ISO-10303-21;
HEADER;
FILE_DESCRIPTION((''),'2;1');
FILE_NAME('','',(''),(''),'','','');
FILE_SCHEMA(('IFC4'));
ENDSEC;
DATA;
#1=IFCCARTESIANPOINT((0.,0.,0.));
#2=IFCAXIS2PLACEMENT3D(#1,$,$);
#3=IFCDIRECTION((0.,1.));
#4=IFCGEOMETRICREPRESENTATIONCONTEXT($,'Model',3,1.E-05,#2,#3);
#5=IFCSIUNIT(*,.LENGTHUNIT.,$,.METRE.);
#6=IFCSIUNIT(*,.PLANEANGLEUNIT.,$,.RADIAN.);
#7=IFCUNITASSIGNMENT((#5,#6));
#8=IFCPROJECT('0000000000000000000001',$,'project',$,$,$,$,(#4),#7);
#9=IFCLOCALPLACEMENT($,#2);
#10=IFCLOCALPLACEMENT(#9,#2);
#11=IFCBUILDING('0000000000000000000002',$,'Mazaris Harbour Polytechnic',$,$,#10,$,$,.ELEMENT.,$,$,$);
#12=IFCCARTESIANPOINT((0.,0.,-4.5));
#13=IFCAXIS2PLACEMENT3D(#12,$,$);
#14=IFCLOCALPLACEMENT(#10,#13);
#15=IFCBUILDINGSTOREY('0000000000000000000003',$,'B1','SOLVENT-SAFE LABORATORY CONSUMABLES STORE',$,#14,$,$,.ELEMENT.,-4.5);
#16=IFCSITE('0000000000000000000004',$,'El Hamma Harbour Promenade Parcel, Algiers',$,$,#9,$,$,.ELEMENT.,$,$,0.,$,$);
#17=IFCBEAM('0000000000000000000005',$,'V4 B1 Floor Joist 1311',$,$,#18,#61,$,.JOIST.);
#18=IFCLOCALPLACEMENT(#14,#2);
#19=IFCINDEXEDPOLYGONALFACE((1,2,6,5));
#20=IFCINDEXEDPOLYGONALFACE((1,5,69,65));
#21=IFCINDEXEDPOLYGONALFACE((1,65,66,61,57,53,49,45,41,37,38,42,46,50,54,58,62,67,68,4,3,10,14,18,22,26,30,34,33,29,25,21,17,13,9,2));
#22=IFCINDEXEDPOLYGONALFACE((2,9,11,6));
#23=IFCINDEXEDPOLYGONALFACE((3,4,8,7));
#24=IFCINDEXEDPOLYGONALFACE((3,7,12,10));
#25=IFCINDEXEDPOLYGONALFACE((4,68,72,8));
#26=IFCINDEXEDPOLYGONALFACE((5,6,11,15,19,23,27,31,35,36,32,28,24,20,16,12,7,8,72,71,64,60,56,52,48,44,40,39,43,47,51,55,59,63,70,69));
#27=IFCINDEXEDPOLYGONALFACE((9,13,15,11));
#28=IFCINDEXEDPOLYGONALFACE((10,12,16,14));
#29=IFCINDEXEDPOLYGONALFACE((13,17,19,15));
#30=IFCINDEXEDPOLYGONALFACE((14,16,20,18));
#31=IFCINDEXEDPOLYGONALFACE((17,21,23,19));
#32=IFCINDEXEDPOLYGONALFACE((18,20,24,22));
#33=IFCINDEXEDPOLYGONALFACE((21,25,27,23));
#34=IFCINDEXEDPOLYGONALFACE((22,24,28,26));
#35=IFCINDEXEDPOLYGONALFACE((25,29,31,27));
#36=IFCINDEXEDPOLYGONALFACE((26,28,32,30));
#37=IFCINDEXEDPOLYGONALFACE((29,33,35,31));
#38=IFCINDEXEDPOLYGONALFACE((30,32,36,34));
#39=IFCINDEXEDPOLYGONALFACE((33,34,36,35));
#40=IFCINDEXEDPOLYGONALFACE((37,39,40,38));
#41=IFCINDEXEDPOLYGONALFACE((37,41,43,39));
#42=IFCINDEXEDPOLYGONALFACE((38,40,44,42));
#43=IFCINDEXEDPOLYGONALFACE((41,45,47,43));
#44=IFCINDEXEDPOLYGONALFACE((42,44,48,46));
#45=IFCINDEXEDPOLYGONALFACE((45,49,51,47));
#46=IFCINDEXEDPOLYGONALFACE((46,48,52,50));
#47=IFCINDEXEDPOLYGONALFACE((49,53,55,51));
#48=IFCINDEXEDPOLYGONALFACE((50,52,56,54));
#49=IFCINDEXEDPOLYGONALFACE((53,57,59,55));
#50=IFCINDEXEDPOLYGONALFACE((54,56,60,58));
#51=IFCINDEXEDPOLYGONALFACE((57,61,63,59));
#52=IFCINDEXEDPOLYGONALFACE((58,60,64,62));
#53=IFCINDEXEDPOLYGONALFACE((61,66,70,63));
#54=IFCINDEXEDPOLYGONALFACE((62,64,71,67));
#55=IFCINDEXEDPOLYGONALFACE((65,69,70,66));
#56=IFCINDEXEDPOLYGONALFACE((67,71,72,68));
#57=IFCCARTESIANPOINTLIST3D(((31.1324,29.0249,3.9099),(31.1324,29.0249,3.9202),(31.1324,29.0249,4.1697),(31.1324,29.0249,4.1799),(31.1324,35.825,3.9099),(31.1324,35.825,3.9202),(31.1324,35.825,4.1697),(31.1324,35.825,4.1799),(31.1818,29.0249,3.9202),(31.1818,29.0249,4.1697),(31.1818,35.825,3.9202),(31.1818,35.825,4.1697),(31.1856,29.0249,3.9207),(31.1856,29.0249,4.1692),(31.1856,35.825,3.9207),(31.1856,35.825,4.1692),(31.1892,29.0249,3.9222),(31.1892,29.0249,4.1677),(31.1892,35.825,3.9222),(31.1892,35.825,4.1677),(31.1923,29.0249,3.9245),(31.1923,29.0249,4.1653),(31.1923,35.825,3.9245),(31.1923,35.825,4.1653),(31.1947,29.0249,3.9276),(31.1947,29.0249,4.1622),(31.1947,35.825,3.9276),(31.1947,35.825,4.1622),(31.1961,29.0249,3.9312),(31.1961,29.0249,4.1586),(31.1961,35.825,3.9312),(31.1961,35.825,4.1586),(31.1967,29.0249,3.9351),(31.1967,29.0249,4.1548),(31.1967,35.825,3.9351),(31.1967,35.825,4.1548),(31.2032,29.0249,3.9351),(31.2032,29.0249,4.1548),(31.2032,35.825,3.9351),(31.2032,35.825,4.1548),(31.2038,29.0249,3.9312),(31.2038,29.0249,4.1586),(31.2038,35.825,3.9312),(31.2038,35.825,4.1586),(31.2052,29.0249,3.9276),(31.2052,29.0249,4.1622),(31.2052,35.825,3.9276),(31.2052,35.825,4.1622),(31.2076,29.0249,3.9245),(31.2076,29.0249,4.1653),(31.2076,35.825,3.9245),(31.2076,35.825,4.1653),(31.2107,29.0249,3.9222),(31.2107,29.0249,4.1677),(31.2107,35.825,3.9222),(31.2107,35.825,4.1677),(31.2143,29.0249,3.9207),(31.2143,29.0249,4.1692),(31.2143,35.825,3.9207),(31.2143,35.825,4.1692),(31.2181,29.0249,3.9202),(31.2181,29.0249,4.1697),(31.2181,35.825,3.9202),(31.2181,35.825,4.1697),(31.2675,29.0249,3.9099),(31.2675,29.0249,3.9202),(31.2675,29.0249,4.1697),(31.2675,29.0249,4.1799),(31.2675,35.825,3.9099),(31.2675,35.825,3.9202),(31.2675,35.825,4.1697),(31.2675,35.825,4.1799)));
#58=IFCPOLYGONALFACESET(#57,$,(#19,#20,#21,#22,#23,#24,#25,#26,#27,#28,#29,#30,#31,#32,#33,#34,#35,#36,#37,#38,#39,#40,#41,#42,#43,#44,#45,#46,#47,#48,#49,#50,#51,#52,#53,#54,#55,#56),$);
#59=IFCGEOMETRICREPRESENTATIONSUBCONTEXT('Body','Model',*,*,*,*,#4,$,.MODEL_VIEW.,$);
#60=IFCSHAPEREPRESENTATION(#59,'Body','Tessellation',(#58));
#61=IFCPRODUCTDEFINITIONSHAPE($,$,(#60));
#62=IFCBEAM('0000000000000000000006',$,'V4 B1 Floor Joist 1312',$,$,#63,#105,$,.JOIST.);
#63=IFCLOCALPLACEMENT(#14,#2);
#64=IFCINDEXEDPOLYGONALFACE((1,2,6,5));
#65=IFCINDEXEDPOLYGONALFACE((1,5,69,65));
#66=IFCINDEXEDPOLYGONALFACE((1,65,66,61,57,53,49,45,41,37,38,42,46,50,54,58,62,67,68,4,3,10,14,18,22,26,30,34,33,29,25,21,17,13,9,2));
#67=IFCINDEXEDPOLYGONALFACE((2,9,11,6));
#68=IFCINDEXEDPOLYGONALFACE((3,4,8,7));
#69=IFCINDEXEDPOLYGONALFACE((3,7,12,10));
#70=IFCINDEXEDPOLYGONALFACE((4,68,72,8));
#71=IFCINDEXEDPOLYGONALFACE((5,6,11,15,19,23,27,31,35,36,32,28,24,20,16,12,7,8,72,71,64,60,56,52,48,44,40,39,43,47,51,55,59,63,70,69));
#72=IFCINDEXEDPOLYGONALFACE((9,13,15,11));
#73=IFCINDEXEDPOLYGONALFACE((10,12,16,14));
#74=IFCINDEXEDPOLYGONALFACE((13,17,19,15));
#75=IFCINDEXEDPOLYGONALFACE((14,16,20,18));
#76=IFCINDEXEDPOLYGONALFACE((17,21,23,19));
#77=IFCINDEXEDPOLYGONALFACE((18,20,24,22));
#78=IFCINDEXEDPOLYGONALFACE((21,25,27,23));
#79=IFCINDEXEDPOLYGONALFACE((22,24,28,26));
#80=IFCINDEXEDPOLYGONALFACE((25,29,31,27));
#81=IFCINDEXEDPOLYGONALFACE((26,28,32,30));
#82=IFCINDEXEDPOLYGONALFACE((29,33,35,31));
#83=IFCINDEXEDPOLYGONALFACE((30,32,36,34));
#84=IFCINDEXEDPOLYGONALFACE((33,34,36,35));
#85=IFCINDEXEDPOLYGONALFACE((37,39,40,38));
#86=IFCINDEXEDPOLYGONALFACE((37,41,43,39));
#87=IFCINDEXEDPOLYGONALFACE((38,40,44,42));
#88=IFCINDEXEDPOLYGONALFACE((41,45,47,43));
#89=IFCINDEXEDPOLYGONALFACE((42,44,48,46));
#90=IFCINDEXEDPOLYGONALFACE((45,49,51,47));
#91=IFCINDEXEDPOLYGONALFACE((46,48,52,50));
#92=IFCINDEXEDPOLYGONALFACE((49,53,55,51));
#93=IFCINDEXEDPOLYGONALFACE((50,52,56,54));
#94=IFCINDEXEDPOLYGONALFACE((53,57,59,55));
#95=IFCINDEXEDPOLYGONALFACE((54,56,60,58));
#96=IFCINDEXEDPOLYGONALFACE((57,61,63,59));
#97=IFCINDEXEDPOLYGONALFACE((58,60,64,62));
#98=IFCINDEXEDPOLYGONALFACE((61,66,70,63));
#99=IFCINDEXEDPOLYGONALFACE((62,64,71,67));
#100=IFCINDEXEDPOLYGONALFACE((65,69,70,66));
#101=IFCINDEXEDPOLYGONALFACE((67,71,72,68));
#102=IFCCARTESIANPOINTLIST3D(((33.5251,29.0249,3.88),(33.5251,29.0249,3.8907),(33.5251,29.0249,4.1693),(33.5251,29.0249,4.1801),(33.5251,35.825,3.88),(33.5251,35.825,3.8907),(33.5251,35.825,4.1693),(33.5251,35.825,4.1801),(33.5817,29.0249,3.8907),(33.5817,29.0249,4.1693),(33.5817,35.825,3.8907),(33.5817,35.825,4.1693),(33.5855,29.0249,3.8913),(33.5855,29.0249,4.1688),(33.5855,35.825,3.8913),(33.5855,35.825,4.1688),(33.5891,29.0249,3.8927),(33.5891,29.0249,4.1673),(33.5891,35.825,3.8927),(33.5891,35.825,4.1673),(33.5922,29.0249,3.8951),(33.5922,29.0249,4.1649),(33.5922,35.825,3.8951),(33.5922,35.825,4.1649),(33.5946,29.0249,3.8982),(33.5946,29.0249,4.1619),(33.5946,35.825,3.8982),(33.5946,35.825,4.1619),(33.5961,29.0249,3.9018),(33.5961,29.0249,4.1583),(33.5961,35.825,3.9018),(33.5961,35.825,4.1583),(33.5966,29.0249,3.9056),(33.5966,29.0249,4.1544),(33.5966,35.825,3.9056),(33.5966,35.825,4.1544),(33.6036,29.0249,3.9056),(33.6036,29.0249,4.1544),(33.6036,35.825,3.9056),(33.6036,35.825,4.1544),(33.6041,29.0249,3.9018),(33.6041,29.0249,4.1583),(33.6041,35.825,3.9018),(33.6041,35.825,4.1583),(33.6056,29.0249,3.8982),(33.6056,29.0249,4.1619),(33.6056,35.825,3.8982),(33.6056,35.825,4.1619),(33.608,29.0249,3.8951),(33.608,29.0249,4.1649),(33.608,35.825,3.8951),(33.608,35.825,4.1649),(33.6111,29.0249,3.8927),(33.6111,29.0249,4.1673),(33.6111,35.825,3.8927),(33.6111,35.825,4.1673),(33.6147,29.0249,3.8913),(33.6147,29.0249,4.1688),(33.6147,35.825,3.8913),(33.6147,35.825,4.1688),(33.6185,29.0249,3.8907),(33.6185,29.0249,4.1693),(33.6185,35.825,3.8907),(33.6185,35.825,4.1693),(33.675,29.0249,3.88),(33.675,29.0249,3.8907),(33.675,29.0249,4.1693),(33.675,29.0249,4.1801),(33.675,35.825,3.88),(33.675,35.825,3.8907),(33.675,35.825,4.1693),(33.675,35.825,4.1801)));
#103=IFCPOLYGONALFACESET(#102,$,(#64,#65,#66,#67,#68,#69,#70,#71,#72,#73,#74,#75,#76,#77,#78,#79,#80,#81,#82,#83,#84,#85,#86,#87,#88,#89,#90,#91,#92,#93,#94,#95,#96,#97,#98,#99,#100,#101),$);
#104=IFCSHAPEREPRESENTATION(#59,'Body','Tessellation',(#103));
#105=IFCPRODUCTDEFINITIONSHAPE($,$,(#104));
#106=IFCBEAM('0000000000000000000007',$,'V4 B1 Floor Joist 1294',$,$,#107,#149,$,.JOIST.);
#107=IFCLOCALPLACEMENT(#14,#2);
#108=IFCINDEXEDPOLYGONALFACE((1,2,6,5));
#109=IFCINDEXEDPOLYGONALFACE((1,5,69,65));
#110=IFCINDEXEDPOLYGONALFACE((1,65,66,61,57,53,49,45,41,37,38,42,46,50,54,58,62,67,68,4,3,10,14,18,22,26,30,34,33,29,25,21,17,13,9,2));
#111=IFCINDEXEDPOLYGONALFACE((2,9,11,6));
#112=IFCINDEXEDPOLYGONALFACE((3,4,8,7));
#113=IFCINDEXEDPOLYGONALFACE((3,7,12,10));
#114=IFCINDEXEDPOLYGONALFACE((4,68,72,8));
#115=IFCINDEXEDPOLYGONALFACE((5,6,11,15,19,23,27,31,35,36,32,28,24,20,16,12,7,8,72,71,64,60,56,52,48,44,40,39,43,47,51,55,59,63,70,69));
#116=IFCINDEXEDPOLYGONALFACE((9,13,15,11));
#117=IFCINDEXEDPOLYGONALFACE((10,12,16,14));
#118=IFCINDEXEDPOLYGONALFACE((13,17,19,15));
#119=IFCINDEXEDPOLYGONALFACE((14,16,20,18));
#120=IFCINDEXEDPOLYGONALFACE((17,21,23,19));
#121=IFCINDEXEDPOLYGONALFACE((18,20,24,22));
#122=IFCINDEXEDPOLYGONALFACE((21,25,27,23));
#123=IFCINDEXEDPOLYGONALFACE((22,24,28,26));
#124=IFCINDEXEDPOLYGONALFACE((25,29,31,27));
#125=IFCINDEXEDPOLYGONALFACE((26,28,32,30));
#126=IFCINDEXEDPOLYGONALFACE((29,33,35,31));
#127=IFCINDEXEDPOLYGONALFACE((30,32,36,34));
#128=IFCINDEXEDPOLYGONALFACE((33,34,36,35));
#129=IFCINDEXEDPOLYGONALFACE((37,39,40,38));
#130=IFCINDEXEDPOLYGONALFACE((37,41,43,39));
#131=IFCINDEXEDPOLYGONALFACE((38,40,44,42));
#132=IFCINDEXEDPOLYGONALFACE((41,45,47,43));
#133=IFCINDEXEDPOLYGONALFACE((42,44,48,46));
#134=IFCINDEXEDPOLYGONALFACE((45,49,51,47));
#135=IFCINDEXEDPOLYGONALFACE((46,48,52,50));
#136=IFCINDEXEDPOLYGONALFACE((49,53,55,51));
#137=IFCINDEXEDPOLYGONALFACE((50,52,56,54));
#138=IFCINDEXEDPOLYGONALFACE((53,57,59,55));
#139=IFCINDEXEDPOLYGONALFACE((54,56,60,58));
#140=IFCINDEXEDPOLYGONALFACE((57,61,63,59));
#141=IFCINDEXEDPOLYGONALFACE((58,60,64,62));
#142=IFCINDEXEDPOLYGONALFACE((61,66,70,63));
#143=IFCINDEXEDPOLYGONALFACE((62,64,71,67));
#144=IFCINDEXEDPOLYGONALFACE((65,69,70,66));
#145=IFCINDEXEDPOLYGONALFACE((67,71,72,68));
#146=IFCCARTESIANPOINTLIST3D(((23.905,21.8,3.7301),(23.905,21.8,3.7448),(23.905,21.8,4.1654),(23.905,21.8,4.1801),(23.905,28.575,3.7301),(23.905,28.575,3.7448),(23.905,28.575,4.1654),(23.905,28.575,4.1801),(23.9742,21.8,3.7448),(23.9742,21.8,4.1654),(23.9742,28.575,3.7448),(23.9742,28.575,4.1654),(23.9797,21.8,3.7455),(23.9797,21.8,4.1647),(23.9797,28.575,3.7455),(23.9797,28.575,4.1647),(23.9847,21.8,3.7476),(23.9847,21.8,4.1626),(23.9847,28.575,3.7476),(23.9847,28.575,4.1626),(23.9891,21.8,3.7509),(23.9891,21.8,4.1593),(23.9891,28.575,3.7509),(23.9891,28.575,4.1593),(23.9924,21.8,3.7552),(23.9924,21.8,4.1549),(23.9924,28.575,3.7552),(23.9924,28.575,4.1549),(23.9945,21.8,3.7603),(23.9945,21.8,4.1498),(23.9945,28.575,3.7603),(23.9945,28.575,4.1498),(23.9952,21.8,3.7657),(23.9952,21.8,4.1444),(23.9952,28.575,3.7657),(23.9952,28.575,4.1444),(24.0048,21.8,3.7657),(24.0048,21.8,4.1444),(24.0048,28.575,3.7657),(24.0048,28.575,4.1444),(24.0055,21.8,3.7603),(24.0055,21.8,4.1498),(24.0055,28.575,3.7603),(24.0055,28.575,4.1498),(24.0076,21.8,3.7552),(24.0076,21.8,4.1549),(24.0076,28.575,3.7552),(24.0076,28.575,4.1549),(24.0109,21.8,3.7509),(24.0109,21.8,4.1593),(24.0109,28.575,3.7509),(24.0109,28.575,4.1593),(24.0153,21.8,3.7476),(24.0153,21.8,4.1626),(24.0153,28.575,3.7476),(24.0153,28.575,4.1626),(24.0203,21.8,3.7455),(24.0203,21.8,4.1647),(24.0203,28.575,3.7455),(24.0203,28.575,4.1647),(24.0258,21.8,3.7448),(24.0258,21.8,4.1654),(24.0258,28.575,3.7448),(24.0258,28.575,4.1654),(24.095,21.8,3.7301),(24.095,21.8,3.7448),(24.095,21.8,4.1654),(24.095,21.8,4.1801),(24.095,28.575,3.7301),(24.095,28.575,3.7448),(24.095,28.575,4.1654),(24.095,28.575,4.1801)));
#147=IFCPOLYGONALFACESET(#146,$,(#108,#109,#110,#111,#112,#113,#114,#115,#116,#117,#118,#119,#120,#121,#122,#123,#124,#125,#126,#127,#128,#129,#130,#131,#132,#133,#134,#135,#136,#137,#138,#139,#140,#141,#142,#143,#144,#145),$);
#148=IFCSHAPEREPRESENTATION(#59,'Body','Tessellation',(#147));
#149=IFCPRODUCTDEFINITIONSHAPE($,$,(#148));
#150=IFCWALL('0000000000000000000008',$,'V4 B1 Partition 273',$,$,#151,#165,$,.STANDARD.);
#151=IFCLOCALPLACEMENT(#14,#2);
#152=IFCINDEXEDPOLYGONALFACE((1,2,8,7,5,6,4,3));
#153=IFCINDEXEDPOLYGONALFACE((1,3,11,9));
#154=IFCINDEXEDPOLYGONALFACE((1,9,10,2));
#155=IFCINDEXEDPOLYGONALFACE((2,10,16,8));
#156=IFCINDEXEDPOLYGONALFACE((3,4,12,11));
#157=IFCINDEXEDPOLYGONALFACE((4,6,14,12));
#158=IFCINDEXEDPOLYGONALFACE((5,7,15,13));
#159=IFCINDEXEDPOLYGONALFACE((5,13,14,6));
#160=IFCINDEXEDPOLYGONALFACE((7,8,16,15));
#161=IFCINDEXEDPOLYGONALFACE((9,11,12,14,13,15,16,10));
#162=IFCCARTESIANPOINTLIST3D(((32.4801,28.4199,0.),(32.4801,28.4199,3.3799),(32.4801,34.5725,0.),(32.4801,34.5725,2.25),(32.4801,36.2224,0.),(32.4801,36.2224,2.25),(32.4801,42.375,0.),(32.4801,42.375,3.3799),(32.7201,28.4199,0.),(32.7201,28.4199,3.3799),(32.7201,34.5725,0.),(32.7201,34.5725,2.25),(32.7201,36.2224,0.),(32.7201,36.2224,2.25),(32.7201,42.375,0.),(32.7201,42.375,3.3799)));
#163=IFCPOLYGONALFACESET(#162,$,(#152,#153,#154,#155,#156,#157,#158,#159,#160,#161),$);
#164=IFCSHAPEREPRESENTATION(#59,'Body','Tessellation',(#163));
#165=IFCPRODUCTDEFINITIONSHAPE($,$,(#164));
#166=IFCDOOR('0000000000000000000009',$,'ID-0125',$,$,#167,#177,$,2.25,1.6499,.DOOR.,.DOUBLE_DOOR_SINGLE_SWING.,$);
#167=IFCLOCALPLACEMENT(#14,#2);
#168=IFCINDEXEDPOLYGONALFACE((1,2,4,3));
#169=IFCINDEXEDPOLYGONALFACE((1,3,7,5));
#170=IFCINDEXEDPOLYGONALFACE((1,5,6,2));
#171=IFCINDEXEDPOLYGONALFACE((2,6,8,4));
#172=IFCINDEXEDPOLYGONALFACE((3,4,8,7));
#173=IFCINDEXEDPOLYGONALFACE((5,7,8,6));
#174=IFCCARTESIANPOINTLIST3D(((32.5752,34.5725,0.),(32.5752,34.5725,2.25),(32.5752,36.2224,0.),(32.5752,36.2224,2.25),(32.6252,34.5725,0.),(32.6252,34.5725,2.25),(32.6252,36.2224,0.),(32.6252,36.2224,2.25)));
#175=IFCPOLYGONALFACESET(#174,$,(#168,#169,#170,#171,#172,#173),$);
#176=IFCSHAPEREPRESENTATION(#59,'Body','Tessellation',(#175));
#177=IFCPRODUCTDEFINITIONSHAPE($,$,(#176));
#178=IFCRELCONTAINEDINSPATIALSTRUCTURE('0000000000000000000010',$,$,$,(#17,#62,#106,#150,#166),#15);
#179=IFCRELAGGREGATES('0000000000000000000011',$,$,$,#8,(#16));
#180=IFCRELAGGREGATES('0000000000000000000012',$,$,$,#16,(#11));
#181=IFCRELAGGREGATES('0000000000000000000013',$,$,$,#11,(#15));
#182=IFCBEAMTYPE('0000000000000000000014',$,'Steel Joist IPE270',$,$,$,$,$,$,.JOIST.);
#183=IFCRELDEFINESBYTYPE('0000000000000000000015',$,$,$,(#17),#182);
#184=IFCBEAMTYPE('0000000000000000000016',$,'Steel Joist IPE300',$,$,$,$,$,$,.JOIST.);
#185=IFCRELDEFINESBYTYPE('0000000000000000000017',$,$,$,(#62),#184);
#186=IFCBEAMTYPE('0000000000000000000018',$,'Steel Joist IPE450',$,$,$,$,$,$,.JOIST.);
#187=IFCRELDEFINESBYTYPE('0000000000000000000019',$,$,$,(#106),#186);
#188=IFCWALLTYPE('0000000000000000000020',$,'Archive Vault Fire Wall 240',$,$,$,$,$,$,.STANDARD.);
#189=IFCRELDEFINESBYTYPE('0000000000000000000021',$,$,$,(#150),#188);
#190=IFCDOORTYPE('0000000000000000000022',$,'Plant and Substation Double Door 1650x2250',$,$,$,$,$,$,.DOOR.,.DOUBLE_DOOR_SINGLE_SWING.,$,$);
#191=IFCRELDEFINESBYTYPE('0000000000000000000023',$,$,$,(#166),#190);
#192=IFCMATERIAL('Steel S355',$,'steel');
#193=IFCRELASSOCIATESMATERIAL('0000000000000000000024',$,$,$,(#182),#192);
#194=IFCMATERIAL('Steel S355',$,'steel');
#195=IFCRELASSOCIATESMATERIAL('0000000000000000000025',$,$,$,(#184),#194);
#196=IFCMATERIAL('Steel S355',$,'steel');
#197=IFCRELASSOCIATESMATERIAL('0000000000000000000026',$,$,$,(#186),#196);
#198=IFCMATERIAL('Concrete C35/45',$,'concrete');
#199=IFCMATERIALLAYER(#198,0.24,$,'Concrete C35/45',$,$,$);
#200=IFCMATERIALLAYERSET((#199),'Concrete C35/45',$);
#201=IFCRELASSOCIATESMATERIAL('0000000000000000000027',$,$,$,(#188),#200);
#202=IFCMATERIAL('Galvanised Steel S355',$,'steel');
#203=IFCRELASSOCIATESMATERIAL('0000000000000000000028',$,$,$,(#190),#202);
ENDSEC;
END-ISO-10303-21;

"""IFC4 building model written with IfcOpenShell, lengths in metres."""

from ifc_helpers import new_model, si_unit, direction, frame, frame_2d, origin, origin_2d, place, context, subcontext, project, spatial, rectangle, i_section, extrude, material, layer, layer_set, material_profile, profile_set, type_object, element, fill, save


model = new_model("IFC4")

# Units and contexts
model_context = context("Model", 3, precision=1e-05, world=origin(), true_north=direction((0.0, 1.0)))
body_context = subcontext(model_context, "Body", "Model", "MODEL_VIEW")
ifc_project = project(units=[si_unit("LENGTHUNIT", "METRE"), si_unit("PLANEANGLEUNIT", "RADIAN")], contexts=[model_context])

# Site, building, storey
site_placement = place(None, origin())
site = spatial("IfcSite", under=ifc_project, at=site_placement, Name="El Hamma Harbour Promenade Parcel, Algiers", CompositionType="ELEMENT", RefElevation=0.0)
building_placement = place(site_placement, origin())
building = spatial("IfcBuilding", under=site, at=building_placement, Name="Mazaris Harbour Polytechnic", CompositionType="ELEMENT")
storey_placement = place(building_placement, frame((0.0, 0.0, -4.5)))
storey = spatial("IfcBuildingStorey", under=building, at=storey_placement, Name="B1", Description="SOLVENT-SAFE LABORATORY CONSUMABLES STORE", CompositionType="ELEMENT", Elevation=-4.5)

# Beams
ifc_material_1 = material(Name="Steel S355", Category="steel")
ifc_material_profile_1 = material_profile(ifc_material_1, i_section(OverallWidth=0.135, OverallDepth=0.27, WebThickness=0.0066, FlangeThickness=0.0103, FilletRadius=0.0149, at=origin_2d()), Name="IPE 270")
ifc_profile_set_1 = profile_set([ifc_material_profile_1], Name="Steel S355")
beam_type_1 = type_object("IfcBeamType", Name="Steel Joist IPE270", PredefinedType="JOIST", material=ifc_profile_set_1)
beam_1_placement = place(storey_placement, frame((31.2, 29.0249, 4.0449), z_axis=(0.0, 1.0, 0.0), x_axis=(-1.0, 0.0, 0.0)))
element("IfcBeam", 1, at=beam_1_placement, inside=storey, type_object=beam_type_1, Name="V4 B1 Floor Joist 1311", PredefinedType="JOIST", context=body_context, shape_type="SweptSolid", body=[
    extrude(i_section(OverallWidth=0.135, OverallDepth=0.27, WebThickness=0.0066, FlangeThickness=0.0103, FilletRadius=0.0149, at=origin_2d()), origin(), (0.0, 0.0, 1.0), 6.8),
])
ifc_material_2 = material(Name="Steel S355", Category="steel")
ifc_material_profile_2 = material_profile(ifc_material_2, i_section(OverallWidth=0.1499, OverallDepth=0.3, WebThickness=0.0071, FlangeThickness=0.0107, FilletRadius=0.0149, at=origin_2d()), Name="IPE 300")
ifc_profile_set_2 = profile_set([ifc_material_profile_2], Name="Steel S355")
beam_type_2 = type_object("IfcBeamType", Name="Steel Joist IPE300", PredefinedType="JOIST", material=ifc_profile_set_2)
beam_2_placement = place(storey_placement, frame((33.6001, 29.0249, 4.03), z_axis=(0.0, 1.0, 0.0), x_axis=(-1.0, 0.0, 0.0)))
element("IfcBeam", 2, at=beam_2_placement, inside=storey, type_object=beam_type_2, Name="V4 B1 Floor Joist 1312", PredefinedType="JOIST", context=body_context, shape_type="SweptSolid", body=[
    extrude(i_section(OverallWidth=0.1499, OverallDepth=0.3, WebThickness=0.0071, FlangeThickness=0.0107, FilletRadius=0.0149, at=origin_2d()), origin(), (0.0, 0.0, 1.0), 6.8),
])
ifc_material_3 = material(Name="Steel S355", Category="steel")
ifc_material_profile_3 = material_profile(ifc_material_3, i_section(OverallWidth=0.1899, OverallDepth=0.45, WebThickness=0.0095, FlangeThickness=0.0146, FilletRadius=0.021, at=origin_2d()), Name="IPE 450")
ifc_profile_set_3 = profile_set([ifc_material_profile_3], Name="Steel S355")
beam_type_3 = type_object("IfcBeamType", Name="Steel Joist IPE450", PredefinedType="JOIST", material=ifc_profile_set_3)
beam_3_placement = place(storey_placement, frame((24.0, 21.8, 3.9551), z_axis=(0.0, 1.0, 0.0), x_axis=(-1.0, 0.0, 0.0)))
element("IfcBeam", 3, at=beam_3_placement, inside=storey, type_object=beam_type_3, Name="V4 B1 Floor Joist 1294", PredefinedType="JOIST", context=body_context, shape_type="SweptSolid", body=[
    extrude(i_section(OverallWidth=0.1899, OverallDepth=0.45, WebThickness=0.0095, FlangeThickness=0.0146, FilletRadius=0.021, at=origin_2d()), origin(), (0.0, 0.0, 1.0), 6.7749),
])

# Wall, opening, door
ifc_material_4 = material(Name="Concrete C35/45", Category="concrete")
ifc_layer = layer(ifc_material_4, 0.24, Name="Concrete C35/45")
ifc_layer_set = layer_set([ifc_layer], Name="Concrete C35/45")
wall_type = type_object("IfcWallType", Name="Archive Vault Fire Wall 240", PredefinedType="STANDARD", material=ifc_layer_set)
wall_placement = place(storey_placement, frame((32.6001, 28.4199, 0.0), z_axis=(0.0, 0.0, 1.0), x_axis=(0.0, 1.0, 0.0)))
wall = element("IfcWall", 4, at=wall_placement, inside=storey, type_object=wall_type, Name="V4 B1 Partition 273", PredefinedType="STANDARD", context=body_context, shape_type="SweptSolid", body=[
    extrude(rectangle(XDim=13.9551, YDim=0.24, at=frame_2d((6.9775, 0.0))), origin(), (0.0, 0.0, 1.0), 3.3799),
])
opening_placement = place(wall_placement, frame((6.1526, 0.0, 0.0)))
opening = element("IfcOpeningElement", 5, at=opening_placement, cuts=wall, PredefinedType="OPENING", context=body_context, shape_type="SweptSolid", body=[
    extrude(rectangle(XDim=1.6499, YDim=2.25, at=frame_2d((0.825, 1.125))), frame((0.0, 0.1299, 0.0), z_axis=(0.0, -1.0, 0.0), x_axis=(1.0, 0.0, 0.0)), (0.0, 0.0, 1.0), 0.26),
])
ifc_material_5 = material(Name="Galvanised Steel S355", Category="steel")
door_type = type_object("IfcDoorType", Name="Plant and Substation Double Door 1650x2250", OperationType="DOUBLE_DOOR_SINGLE_SWING", PredefinedType="DOOR", material=ifc_material_5)
door_placement = place(opening_placement, origin())
door = element("IfcDoor", 6, at=door_placement, inside=storey, type_object=door_type, Name="ID-0125", OperationType="DOUBLE_DOOR_SINGLE_SWING", OverallHeight=2.25, OverallWidth=1.6499, PredefinedType="DOOR", context=body_context, shape_type="SweptSolid", body=[
    extrude(rectangle(XDim=1.6499, YDim=2.25, at=frame_2d((0.825, 1.125))), frame((0.0, 0.0249, 0.0), z_axis=(0.0, -1.0, 0.0), x_axis=(1.0, 0.0, 0.0)), (0.0, 0.0, 1.0), 0.05),
])
fill(opening, door)

save(model, "model.ifc")
